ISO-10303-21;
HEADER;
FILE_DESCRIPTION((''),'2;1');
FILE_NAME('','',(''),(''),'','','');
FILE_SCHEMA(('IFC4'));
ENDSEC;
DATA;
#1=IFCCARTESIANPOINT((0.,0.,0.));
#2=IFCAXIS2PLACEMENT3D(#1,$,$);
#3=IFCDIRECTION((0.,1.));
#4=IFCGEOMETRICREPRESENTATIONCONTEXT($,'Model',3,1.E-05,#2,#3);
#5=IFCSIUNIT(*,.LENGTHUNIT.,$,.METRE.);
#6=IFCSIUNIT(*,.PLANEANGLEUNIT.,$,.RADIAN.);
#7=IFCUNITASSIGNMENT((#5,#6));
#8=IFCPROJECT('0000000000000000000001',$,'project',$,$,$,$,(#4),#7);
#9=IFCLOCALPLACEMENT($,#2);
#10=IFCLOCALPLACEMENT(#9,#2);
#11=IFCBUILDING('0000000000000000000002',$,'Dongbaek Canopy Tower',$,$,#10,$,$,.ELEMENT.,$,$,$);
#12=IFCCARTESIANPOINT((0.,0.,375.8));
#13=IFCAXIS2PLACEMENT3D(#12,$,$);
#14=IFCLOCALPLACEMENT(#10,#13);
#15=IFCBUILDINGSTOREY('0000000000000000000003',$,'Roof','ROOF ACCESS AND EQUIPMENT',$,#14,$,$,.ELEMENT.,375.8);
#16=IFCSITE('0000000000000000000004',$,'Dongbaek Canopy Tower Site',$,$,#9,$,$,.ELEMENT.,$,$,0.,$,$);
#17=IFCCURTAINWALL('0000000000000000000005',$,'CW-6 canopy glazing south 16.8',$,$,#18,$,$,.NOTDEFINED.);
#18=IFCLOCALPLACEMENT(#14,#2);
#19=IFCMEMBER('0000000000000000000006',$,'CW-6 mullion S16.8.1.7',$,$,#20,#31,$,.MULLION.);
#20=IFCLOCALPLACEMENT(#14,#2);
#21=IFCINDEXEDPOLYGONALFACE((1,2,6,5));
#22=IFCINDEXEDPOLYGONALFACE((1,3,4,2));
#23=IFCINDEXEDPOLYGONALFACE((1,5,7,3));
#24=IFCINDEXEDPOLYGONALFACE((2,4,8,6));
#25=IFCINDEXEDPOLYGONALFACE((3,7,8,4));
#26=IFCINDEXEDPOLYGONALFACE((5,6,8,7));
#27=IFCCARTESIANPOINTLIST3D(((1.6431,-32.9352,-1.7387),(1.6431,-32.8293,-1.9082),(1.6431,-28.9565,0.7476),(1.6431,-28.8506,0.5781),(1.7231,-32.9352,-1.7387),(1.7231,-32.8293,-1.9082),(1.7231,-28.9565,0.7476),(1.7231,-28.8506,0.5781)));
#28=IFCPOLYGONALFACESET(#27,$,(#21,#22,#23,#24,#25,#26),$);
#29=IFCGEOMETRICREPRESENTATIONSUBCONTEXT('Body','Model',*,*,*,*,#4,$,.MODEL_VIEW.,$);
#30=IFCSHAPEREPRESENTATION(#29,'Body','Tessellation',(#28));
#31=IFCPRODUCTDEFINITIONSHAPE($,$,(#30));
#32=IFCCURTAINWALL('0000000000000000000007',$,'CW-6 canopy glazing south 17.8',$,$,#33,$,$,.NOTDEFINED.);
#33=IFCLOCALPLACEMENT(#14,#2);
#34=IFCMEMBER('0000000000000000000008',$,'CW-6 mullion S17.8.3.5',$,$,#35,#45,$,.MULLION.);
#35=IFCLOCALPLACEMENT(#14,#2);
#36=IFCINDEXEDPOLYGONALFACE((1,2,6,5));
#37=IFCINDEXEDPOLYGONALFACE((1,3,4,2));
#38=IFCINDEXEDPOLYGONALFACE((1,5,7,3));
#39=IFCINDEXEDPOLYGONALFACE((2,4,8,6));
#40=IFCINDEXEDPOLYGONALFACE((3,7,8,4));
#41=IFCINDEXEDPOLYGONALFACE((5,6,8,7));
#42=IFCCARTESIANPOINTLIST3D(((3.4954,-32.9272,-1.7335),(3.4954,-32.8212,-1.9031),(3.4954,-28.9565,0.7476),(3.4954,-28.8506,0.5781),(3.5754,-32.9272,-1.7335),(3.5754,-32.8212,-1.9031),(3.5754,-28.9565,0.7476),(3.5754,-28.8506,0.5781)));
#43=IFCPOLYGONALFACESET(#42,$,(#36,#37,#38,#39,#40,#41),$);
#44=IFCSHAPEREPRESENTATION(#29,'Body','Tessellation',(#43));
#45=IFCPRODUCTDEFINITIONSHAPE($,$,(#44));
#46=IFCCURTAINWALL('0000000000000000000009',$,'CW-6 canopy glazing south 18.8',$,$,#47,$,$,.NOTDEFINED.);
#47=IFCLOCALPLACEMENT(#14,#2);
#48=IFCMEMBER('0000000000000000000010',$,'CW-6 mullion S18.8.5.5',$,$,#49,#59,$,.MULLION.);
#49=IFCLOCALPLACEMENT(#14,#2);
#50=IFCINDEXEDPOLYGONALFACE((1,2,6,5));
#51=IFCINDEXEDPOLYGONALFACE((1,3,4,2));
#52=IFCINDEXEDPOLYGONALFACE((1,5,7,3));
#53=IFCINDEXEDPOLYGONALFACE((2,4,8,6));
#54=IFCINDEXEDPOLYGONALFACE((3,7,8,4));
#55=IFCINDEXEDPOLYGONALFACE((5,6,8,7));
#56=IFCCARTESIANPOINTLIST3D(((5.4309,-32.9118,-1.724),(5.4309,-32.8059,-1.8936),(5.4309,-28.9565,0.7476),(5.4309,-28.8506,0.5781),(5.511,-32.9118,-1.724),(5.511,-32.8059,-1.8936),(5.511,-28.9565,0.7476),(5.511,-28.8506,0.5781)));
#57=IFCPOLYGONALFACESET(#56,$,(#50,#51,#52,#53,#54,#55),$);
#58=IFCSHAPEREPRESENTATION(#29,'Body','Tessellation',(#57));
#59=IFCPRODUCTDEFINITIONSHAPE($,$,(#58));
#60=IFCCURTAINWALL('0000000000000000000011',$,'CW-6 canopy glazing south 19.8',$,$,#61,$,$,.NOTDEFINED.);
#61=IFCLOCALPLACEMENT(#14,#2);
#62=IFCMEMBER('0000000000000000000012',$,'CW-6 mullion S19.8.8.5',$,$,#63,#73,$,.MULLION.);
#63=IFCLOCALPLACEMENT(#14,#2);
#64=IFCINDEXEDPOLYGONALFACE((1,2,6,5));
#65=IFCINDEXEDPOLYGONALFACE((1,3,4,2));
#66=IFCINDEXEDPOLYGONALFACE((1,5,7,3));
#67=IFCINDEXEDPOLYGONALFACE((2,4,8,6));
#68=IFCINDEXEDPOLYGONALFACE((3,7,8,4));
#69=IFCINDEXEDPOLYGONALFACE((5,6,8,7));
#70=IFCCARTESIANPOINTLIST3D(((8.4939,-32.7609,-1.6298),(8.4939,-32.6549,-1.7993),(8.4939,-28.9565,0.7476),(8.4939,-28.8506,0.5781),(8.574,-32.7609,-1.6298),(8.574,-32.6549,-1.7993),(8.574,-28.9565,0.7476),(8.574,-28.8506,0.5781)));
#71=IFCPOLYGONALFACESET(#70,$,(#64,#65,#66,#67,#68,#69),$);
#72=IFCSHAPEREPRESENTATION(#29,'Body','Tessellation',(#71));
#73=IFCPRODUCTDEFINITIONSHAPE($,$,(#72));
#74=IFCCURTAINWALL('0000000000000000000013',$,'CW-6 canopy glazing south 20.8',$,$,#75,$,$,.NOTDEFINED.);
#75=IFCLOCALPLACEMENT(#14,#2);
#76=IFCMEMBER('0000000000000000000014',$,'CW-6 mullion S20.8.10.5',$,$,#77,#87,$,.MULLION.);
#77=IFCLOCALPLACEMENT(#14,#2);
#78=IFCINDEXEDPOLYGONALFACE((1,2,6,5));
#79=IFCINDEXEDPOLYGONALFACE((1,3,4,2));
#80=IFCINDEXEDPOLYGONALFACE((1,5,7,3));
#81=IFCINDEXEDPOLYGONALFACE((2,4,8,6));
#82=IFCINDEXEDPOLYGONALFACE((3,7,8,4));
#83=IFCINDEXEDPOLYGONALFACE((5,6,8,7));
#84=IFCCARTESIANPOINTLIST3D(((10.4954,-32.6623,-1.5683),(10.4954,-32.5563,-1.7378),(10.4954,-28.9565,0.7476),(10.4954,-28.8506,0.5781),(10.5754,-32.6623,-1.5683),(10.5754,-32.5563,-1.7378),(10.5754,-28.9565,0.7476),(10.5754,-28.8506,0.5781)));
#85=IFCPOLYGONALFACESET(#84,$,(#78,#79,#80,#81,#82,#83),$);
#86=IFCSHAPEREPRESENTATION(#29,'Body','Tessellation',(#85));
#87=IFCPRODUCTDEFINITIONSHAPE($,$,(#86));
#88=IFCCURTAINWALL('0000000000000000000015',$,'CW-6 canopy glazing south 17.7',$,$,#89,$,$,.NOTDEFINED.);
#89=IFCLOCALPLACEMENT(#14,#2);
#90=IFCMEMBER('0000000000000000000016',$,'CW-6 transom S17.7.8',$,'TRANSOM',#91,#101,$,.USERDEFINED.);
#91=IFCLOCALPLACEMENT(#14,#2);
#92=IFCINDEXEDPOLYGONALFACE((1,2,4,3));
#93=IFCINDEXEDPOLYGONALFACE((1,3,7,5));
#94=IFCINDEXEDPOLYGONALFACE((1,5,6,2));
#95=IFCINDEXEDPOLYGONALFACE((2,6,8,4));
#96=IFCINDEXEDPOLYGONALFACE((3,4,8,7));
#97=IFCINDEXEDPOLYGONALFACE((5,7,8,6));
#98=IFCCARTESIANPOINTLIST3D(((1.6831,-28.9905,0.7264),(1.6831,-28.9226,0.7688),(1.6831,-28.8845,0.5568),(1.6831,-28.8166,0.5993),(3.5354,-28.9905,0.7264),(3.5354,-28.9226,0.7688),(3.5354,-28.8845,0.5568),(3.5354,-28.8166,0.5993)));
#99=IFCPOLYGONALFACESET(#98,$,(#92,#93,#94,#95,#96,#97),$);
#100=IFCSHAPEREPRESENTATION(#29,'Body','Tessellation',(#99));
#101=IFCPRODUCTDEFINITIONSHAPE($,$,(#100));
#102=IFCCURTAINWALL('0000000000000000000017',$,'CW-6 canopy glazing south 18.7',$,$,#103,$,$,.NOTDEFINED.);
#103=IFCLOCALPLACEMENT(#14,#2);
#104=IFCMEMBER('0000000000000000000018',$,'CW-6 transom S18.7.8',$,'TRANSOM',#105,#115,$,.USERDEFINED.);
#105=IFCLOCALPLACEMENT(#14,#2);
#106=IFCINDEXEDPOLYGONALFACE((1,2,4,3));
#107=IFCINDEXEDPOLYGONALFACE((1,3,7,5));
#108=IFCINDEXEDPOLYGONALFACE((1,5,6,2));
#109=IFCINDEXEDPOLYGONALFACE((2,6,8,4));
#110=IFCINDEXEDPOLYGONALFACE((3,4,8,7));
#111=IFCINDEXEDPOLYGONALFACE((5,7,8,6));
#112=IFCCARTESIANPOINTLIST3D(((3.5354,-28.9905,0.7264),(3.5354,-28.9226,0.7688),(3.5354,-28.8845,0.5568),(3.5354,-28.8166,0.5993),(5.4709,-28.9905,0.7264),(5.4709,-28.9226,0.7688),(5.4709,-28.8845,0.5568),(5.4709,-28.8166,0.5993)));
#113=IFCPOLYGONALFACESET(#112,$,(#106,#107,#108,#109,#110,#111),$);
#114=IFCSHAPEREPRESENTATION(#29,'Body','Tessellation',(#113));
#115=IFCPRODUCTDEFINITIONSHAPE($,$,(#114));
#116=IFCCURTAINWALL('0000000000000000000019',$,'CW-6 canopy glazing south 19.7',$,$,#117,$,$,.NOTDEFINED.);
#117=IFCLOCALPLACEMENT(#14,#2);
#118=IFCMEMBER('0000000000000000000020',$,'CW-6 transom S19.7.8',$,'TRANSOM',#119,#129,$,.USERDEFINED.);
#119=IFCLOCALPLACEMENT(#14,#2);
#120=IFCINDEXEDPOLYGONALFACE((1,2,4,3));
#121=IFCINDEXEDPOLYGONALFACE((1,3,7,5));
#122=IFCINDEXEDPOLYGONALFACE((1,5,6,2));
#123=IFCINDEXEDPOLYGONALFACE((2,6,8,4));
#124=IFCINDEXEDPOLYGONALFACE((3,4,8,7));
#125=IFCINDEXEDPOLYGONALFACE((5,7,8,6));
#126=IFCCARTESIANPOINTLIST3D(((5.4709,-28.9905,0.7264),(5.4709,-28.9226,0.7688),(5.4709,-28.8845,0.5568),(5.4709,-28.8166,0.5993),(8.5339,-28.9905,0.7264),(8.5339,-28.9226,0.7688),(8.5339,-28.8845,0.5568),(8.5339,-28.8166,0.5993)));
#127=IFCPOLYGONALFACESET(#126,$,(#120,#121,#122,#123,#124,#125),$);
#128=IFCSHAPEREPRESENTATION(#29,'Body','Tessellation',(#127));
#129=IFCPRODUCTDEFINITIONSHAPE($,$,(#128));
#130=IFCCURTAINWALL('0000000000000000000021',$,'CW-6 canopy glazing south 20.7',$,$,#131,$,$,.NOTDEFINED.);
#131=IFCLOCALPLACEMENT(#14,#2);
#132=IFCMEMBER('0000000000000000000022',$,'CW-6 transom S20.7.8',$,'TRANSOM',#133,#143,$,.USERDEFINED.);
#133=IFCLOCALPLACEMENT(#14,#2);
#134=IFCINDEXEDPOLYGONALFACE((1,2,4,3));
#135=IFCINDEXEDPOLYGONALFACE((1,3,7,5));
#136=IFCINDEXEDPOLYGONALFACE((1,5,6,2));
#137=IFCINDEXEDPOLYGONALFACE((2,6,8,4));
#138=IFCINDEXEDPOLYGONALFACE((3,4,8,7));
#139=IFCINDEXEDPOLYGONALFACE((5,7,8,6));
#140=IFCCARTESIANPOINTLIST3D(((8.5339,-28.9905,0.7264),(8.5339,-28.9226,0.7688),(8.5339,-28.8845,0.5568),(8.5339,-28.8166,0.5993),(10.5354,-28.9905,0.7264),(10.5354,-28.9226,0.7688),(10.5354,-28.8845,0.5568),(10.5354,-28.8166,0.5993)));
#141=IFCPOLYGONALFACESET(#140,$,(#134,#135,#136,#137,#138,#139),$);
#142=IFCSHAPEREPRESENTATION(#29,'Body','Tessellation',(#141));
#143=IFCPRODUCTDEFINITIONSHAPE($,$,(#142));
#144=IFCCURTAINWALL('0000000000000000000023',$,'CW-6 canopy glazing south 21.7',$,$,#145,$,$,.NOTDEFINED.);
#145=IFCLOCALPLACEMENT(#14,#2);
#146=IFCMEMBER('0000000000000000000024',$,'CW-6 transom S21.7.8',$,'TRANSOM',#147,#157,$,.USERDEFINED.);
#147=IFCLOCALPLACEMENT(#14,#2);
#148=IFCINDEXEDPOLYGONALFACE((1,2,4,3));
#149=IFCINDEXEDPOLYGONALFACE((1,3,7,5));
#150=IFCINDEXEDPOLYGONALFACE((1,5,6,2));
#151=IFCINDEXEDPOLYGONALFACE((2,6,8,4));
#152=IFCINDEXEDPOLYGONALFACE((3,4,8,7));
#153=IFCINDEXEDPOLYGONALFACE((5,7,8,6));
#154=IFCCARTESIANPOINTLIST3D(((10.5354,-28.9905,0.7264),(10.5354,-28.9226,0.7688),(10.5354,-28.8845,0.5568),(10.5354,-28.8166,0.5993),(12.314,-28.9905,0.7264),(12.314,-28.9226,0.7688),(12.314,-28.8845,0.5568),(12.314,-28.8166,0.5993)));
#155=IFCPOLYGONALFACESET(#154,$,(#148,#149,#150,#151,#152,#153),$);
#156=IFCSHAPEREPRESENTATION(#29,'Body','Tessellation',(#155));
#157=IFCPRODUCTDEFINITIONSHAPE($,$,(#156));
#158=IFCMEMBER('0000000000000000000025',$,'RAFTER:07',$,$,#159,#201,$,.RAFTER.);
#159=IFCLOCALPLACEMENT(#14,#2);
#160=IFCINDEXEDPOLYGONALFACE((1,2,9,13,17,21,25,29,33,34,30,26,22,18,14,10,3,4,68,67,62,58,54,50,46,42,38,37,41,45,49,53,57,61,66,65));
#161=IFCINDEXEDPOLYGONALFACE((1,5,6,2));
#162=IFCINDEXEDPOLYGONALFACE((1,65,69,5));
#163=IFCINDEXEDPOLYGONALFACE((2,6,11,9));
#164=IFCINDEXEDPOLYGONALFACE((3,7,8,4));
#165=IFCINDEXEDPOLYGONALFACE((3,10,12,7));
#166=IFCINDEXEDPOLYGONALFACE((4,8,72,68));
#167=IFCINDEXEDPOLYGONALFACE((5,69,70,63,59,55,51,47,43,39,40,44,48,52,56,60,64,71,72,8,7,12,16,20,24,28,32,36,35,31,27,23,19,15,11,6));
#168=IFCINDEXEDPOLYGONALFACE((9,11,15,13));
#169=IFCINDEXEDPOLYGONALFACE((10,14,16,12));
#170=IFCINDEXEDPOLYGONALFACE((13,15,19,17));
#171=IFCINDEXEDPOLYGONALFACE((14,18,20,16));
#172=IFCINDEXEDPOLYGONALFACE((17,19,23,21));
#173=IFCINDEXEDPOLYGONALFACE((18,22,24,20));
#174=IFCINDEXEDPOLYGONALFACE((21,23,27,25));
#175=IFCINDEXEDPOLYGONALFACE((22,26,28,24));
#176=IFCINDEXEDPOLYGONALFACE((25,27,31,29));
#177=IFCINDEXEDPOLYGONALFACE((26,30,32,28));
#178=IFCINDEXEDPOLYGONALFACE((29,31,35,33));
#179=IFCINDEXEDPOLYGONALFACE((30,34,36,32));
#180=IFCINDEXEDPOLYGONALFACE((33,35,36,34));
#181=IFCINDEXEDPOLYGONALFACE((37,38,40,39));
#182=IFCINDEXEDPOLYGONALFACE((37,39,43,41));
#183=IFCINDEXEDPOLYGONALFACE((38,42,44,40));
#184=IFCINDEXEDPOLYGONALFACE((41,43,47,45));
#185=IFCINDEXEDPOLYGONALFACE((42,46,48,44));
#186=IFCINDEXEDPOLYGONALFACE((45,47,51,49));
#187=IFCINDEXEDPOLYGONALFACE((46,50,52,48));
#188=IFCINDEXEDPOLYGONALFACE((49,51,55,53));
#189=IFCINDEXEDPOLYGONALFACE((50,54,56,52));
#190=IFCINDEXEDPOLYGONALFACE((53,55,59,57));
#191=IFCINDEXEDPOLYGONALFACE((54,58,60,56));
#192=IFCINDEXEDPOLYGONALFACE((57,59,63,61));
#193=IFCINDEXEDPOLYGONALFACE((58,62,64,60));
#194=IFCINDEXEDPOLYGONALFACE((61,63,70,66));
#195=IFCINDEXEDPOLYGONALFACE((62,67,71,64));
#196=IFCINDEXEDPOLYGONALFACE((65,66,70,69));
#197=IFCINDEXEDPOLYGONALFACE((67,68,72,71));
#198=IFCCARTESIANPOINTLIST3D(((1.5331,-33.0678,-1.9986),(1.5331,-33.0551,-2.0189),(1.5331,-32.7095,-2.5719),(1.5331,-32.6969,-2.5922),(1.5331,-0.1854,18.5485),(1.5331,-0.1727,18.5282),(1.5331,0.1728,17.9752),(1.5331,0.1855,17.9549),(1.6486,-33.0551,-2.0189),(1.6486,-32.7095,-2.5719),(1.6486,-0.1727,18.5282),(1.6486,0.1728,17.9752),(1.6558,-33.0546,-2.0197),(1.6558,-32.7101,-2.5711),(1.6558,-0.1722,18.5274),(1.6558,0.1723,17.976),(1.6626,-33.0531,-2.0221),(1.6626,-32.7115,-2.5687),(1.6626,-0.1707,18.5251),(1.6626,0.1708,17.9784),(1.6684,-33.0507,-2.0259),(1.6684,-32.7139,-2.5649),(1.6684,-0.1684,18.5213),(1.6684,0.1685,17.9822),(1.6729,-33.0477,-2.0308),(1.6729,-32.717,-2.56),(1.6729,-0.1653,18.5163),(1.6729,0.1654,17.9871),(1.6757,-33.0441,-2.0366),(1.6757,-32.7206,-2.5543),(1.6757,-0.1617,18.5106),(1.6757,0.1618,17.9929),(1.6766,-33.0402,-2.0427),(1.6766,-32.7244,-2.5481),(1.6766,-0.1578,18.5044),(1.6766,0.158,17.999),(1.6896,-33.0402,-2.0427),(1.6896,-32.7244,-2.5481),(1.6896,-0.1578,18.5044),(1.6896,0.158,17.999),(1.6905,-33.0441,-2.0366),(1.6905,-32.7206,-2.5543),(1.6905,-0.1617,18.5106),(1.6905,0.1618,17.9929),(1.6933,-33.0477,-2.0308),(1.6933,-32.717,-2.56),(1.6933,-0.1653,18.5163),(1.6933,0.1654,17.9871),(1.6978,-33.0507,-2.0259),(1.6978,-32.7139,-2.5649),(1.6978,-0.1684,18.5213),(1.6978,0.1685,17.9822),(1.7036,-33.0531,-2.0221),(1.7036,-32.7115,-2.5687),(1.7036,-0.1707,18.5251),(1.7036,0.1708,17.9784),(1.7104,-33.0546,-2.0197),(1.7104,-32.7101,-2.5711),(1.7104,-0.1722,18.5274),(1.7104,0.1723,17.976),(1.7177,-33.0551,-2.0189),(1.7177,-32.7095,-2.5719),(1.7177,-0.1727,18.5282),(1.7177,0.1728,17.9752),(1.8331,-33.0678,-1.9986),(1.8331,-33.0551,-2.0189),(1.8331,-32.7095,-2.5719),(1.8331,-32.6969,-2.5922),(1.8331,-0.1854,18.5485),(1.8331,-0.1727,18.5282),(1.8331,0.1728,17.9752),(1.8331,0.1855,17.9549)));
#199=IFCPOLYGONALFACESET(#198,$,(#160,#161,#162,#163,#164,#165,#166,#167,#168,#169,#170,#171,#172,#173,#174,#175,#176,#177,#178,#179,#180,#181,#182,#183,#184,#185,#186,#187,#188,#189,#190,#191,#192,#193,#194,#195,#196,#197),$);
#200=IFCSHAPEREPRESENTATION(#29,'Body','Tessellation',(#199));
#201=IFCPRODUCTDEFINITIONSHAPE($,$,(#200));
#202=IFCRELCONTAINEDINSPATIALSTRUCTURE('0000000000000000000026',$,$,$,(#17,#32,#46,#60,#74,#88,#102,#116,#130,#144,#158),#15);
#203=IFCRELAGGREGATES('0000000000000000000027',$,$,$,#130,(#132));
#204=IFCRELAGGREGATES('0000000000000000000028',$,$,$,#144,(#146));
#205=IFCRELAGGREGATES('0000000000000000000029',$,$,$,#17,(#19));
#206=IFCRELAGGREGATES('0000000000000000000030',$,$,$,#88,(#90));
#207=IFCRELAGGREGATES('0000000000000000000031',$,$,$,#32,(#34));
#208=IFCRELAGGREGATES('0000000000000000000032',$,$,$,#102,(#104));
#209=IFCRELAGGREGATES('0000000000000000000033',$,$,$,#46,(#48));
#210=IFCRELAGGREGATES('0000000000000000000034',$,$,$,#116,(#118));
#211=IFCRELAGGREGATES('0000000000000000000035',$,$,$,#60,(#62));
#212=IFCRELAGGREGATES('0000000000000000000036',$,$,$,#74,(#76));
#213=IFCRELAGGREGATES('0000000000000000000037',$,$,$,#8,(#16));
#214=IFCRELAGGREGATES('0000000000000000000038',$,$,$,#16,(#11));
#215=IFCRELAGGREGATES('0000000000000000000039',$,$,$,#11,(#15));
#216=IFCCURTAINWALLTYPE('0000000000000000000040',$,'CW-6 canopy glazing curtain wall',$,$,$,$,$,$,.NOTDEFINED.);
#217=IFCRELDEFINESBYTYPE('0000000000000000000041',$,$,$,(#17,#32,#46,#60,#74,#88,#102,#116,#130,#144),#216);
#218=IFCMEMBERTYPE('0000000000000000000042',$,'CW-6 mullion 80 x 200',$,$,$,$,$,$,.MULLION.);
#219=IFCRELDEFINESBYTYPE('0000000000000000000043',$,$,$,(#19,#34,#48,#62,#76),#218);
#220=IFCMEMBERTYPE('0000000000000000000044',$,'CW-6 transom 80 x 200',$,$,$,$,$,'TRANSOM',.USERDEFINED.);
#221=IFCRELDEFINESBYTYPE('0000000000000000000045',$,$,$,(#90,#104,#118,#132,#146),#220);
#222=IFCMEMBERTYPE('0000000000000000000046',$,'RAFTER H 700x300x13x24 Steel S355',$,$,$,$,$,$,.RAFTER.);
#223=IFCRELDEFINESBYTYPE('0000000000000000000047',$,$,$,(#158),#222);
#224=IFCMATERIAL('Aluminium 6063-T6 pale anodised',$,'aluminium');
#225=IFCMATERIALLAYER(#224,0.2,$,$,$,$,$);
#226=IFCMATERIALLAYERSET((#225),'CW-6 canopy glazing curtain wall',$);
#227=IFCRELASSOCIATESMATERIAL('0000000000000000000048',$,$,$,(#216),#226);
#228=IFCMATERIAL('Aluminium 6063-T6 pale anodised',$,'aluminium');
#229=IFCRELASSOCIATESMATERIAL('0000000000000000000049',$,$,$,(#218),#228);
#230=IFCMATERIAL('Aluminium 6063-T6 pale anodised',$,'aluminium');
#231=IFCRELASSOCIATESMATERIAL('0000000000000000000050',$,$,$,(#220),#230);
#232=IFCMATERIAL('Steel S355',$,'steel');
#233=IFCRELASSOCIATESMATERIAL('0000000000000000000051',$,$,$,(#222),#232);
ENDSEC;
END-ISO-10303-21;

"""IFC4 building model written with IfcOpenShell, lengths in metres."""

from ifc_helpers import new_model, si_unit, direction, frame, origin, origin_2d, place, context, subcontext, project, spatial, rectangle, i_section, extrude, material, layer, layer_set, material_profile, profile_set, type_object, element, aggregate, save


model = new_model("IFC4")

# Units and contexts
model_context = context("Model", 3, precision=1e-05, world=origin(), true_north=direction((0.0, 1.0)))
body_context = subcontext(model_context, "Body", "Model", "MODEL_VIEW")
ifc_project = project(units=[si_unit("LENGTHUNIT", "METRE"), si_unit("PLANEANGLEUNIT", "RADIAN")], contexts=[model_context])

# Site, building, storey
site_placement = place(None, origin())
site = spatial("IfcSite", under=ifc_project, at=site_placement, Name="Dongbaek Canopy Tower Site", CompositionType="ELEMENT", RefElevation=0.0)
building_placement = place(site_placement, origin())
building = spatial("IfcBuilding", under=site, at=building_placement, Name="Dongbaek Canopy Tower", CompositionType="ELEMENT")
storey_placement = place(building_placement, frame((0.0, 0.0, 375.8)))
storey = spatial("IfcBuildingStorey", under=building, at=storey_placement, Name="Roof", Description="ROOF ACCESS AND EQUIPMENT", CompositionType="ELEMENT", Elevation=375.8)

# Curtain walls, members
ifc_material_1 = material(Name="Aluminium 6063-T6 pale anodised", Category="aluminium")
ifc_layer_1 = layer(ifc_material_1, 0.2)
ifc_layer_set_1 = layer_set([ifc_layer_1], Name="CW-6 canopy glazing curtain wall")
curtain_wall_type = type_object("IfcCurtainWallType", Name="CW-6 canopy glazing curtain wall", PredefinedType="NOTDEFINED", material=ifc_layer_set_1)
curtain_wall_1_placement = place(storey_placement, origin())
curtain_wall_1 = element("IfcCurtainWall", 1, at=curtain_wall_1_placement, inside=storey, type_object=curtain_wall_type, Name="CW-6 canopy glazing south 16.8", PredefinedType="NOTDEFINED")
ifc_material_2 = material(Name="Aluminium 6063-T6 pale anodised", Category="aluminium")
ifc_material_profile_1 = material_profile(ifc_material_2, rectangle(XDim=0.0801, YDim=0.2, at=origin_2d()), Name="CW-6 mullion 80 x 200")
ifc_profile_set_1 = profile_set([ifc_material_profile_1], Name="Aluminium 6063-T6 pale anodised")
member_type_1 = type_object("IfcMemberType", Name="CW-6 mullion 80 x 200", PredefinedType="MULLION", material=ifc_profile_set_1)
member_1_placement = place(storey_placement, frame((1.6831, -28.9036, 0.6628), z_axis=(0.0, -0.848036, -0.529938), x_axis=(1.0, 0.0, 0.0)))
member_1 = element("IfcMember", 2, at=member_1_placement, type_object=member_type_1, Name="CW-6 mullion S16.8.1.7", PredefinedType="MULLION", context=body_context, shape_type="SweptSolid", body=[
    extrude(rectangle(XDim=0.0801, YDim=0.2, at=origin_2d()), origin(), (0.0, 0.0, 1.0), 4.6917),
])
curtain_wall_2_placement = place(storey_placement, origin())
curtain_wall_2 = element("IfcCurtainWall", 3, at=curtain_wall_2_placement, inside=storey, type_object=curtain_wall_type, Name="CW-6 canopy glazing south 17.8", PredefinedType="NOTDEFINED")
member_2_placement = place(storey_placement, frame((3.5354, -28.9036, 0.6628), z_axis=(0.0, -0.848045, -0.529924), x_axis=(1.0, 0.0, 0.0)))
member_2 = element("IfcMember", 4, at=member_2_placement, type_object=member_type_1, Name="CW-6 mullion S17.8.3.5", PredefinedType="MULLION", context=body_context, shape_type="SweptSolid", body=[
    extrude(rectangle(XDim=0.0801, YDim=0.2, at=origin_2d()), origin(), (0.0, 0.0, 1.0), 4.6821),
])
curtain_wall_3_placement = place(storey_placement, origin())
curtain_wall_3 = element("IfcCurtainWall", 5, at=curtain_wall_3_placement, inside=storey, type_object=curtain_wall_type, Name="CW-6 canopy glazing south 18.8", PredefinedType="NOTDEFINED")
member_3_placement = place(storey_placement, frame((5.4709, -28.9036, 0.6628), z_axis=(0.0, -0.848037, -0.529938), x_axis=(1.0, 0.0, 0.0)))
member_3 = element("IfcMember", 6, at=member_3_placement, type_object=member_type_1, Name="CW-6 mullion S18.8.5.5", PredefinedType="MULLION", context=body_context, shape_type="SweptSolid", body=[
    extrude(rectangle(XDim=0.0801, YDim=0.2, at=origin_2d()), origin(), (0.0, 0.0, 1.0), 4.6641),
])
curtain_wall_4_placement = place(storey_placement, origin())
curtain_wall_4 = element("IfcCurtainWall", 7, at=curtain_wall_4_placement, inside=storey, type_object=curtain_wall_type, Name="CW-6 canopy glazing south 19.8", PredefinedType="NOTDEFINED")
member_4_placement = place(storey_placement, frame((8.5339, -28.9036, 0.6628), z_axis=(0.0, -0.848032, -0.529945), x_axis=(1.0, 0.0, 0.0)))
member_4 = element("IfcMember", 8, at=member_4_placement, type_object=member_type_1, Name="CW-6 mullion S19.8.8.5", PredefinedType="MULLION", context=body_context, shape_type="SweptSolid", body=[
    extrude(rectangle(XDim=0.0801, YDim=0.2, at=origin_2d()), origin(), (0.0, 0.0, 1.0), 4.4861),
])
curtain_wall_5_placement = place(storey_placement, origin())
curtain_wall_5 = element("IfcCurtainWall", 9, at=curtain_wall_5_placement, inside=storey, type_object=curtain_wall_type, Name="CW-6 canopy glazing south 20.8", PredefinedType="NOTDEFINED")
member_5_placement = place(storey_placement, frame((10.5354, -28.9036, 0.6628), z_axis=(0.0, -0.84802, -0.529964), x_axis=(1.0, 0.0, 0.0)))
member_5 = element("IfcMember", 10, at=member_5_placement, type_object=member_type_1, Name="CW-6 mullion S20.8.10.5", PredefinedType="MULLION", context=body_context, shape_type="SweptSolid", body=[
    extrude(rectangle(XDim=0.0801, YDim=0.2, at=origin_2d()), origin(), (0.0, 0.0, 1.0), 4.3699),
])
curtain_wall_6_placement = place(storey_placement, origin())
curtain_wall_6 = element("IfcCurtainWall", 11, at=curtain_wall_6_placement, inside=storey, type_object=curtain_wall_type, Name="CW-6 canopy glazing south 17.7", PredefinedType="NOTDEFINED")
ifc_material_3 = material(Name="Aluminium 6063-T6 pale anodised", Category="aluminium")
ifc_material_profile_2 = material_profile(ifc_material_3, rectangle(XDim=0.0801, YDim=0.2, at=origin_2d()), Name="CW-6 transom 80 x 200")
ifc_profile_set_2 = profile_set([ifc_material_profile_2], Name="Aluminium 6063-T6 pale anodised")
member_type_2 = type_object("IfcMemberType", Name="CW-6 transom 80 x 200", ElementType="TRANSOM", PredefinedType="USERDEFINED", material=ifc_profile_set_2)
member_6_placement = place(storey_placement, frame((1.6831, -28.9036, 0.6628), z_axis=(1.0, 0.0, 0.0), x_axis=(0.0, 0.848048, 0.529919)))
member_6 = element("IfcMember", 12, at=member_6_placement, type_object=member_type_2, Name="CW-6 transom S17.7.8", ObjectType="TRANSOM", PredefinedType="USERDEFINED", context=body_context, shape_type="SweptSolid", body=[
    extrude(rectangle(XDim=0.0801, YDim=0.2, at=origin_2d()), origin(), (0.0, 0.0, 1.0), 1.8523),
])
curtain_wall_7_placement = place(storey_placement, origin())
curtain_wall_7 = element("IfcCurtainWall", 13, at=curtain_wall_7_placement, inside=storey, type_object=curtain_wall_type, Name="CW-6 canopy glazing south 18.7", PredefinedType="NOTDEFINED")
member_7_placement = place(storey_placement, frame((3.5354, -28.9036, 0.6628), z_axis=(1.0, 0.0, 0.0), x_axis=(0.0, 0.848048, 0.529919)))
member_7 = element("IfcMember", 14, at=member_7_placement, type_object=member_type_2, Name="CW-6 transom S18.7.8", ObjectType="TRANSOM", PredefinedType="USERDEFINED", context=body_context, shape_type="SweptSolid", body=[
    extrude(rectangle(XDim=0.0801, YDim=0.2, at=origin_2d()), origin(), (0.0, 0.0, 1.0), 1.9355),
])
curtain_wall_8_placement = place(storey_placement, origin())
curtain_wall_8 = element("IfcCurtainWall", 15, at=curtain_wall_8_placement, inside=storey, type_object=curtain_wall_type, Name="CW-6 canopy glazing south 19.7", PredefinedType="NOTDEFINED")
member_8_placement = place(storey_placement, frame((5.4709, -28.9036, 0.6628), z_axis=(1.0, 0.0, 0.0), x_axis=(0.0, 0.848048, 0.529919)))
member_8 = element("IfcMember", 16, at=member_8_placement, type_object=member_type_2, Name="CW-6 transom S19.7.8", ObjectType="TRANSOM", PredefinedType="USERDEFINED", context=body_context, shape_type="SweptSolid", body=[
    extrude(rectangle(XDim=0.0801, YDim=0.2, at=origin_2d()), origin(), (0.0, 0.0, 1.0), 3.063),
])
curtain_wall_9_placement = place(storey_placement, origin())
curtain_wall_9 = element("IfcCurtainWall", 17, at=curtain_wall_9_placement, inside=storey, type_object=curtain_wall_type, Name="CW-6 canopy glazing south 20.7", PredefinedType="NOTDEFINED")
member_9_placement = place(storey_placement, frame((8.5339, -28.9036, 0.6628), z_axis=(1.0, 0.0, 0.0), x_axis=(0.0, 0.848048, 0.529919)))
member_9 = element("IfcMember", 18, at=member_9_placement, type_object=member_type_2, Name="CW-6 transom S20.7.8", ObjectType="TRANSOM", PredefinedType="USERDEFINED", context=body_context, shape_type="SweptSolid", body=[
    extrude(rectangle(XDim=0.0801, YDim=0.2, at=origin_2d()), origin(), (0.0, 0.0, 1.0), 2.0015),
])
aggregate(curtain_wall_9, [member_9])
curtain_wall_10_placement = place(storey_placement, origin())
curtain_wall_10 = element("IfcCurtainWall", 19, at=curtain_wall_10_placement, inside=storey, type_object=curtain_wall_type, Name="CW-6 canopy glazing south 21.7", PredefinedType="NOTDEFINED")
member_10_placement = place(storey_placement, frame((10.5354, -28.9036, 0.6628), z_axis=(1.0, 0.0, 0.0), x_axis=(0.0, 0.848048, 0.529919)))
member_10 = element("IfcMember", 20, at=member_10_placement, type_object=member_type_2, Name="CW-6 transom S21.7.8", ObjectType="TRANSOM", PredefinedType="USERDEFINED", context=body_context, shape_type="SweptSolid", body=[
    extrude(rectangle(XDim=0.0801, YDim=0.2, at=origin_2d()), origin(), (0.0, 0.0, 1.0), 1.7786),
])
aggregate(curtain_wall_10, [member_10])

# Member
ifc_material_4 = material(Name="Steel S355", Category="steel")
ifc_material_profile_3 = material_profile(ifc_material_4, i_section(OverallWidth=0.3, OverallDepth=0.7, WebThickness=0.0129, FlangeThickness=0.0239, FilletRadius=0.0281, at=origin_2d()), Name="RAFTER H 700x300x13x24 Steel S355")
ifc_profile_set_3 = profile_set([ifc_material_profile_3], Name="Steel S355")
member_type_3 = type_object("IfcMemberType", Name="RAFTER H 700x300x13x24 Steel S355", PredefinedType="RAFTER", material=ifc_profile_set_3)
member_11_placement = place(storey_placement, frame((1.6831, -32.8823, -2.2954), z_axis=(0.0, 0.848049, 0.529919), x_axis=(-1.0, 0.0, 0.0)))
element("IfcMember", 21, at=member_11_placement, inside=storey, type_object=member_type_3, Name="RAFTER:07", PredefinedType="RAFTER", context=body_context, shape_type="SweptSolid", body=[
    extrude(i_section(OverallWidth=0.3, OverallDepth=0.7, WebThickness=0.0129, FlangeThickness=0.0239, FilletRadius=0.0281, at=origin_2d()), origin(), (0.0, 0.0, 1.0), 38.7742),
])

aggregate(curtain_wall_1, [member_1])
aggregate(curtain_wall_6, [member_6])
aggregate(curtain_wall_2, [member_2])
aggregate(curtain_wall_7, [member_7])
aggregate(curtain_wall_3, [member_3])
aggregate(curtain_wall_8, [member_8])
aggregate(curtain_wall_4, [member_4])
aggregate(curtain_wall_5, [member_5])

save(model, "model.ifc")
